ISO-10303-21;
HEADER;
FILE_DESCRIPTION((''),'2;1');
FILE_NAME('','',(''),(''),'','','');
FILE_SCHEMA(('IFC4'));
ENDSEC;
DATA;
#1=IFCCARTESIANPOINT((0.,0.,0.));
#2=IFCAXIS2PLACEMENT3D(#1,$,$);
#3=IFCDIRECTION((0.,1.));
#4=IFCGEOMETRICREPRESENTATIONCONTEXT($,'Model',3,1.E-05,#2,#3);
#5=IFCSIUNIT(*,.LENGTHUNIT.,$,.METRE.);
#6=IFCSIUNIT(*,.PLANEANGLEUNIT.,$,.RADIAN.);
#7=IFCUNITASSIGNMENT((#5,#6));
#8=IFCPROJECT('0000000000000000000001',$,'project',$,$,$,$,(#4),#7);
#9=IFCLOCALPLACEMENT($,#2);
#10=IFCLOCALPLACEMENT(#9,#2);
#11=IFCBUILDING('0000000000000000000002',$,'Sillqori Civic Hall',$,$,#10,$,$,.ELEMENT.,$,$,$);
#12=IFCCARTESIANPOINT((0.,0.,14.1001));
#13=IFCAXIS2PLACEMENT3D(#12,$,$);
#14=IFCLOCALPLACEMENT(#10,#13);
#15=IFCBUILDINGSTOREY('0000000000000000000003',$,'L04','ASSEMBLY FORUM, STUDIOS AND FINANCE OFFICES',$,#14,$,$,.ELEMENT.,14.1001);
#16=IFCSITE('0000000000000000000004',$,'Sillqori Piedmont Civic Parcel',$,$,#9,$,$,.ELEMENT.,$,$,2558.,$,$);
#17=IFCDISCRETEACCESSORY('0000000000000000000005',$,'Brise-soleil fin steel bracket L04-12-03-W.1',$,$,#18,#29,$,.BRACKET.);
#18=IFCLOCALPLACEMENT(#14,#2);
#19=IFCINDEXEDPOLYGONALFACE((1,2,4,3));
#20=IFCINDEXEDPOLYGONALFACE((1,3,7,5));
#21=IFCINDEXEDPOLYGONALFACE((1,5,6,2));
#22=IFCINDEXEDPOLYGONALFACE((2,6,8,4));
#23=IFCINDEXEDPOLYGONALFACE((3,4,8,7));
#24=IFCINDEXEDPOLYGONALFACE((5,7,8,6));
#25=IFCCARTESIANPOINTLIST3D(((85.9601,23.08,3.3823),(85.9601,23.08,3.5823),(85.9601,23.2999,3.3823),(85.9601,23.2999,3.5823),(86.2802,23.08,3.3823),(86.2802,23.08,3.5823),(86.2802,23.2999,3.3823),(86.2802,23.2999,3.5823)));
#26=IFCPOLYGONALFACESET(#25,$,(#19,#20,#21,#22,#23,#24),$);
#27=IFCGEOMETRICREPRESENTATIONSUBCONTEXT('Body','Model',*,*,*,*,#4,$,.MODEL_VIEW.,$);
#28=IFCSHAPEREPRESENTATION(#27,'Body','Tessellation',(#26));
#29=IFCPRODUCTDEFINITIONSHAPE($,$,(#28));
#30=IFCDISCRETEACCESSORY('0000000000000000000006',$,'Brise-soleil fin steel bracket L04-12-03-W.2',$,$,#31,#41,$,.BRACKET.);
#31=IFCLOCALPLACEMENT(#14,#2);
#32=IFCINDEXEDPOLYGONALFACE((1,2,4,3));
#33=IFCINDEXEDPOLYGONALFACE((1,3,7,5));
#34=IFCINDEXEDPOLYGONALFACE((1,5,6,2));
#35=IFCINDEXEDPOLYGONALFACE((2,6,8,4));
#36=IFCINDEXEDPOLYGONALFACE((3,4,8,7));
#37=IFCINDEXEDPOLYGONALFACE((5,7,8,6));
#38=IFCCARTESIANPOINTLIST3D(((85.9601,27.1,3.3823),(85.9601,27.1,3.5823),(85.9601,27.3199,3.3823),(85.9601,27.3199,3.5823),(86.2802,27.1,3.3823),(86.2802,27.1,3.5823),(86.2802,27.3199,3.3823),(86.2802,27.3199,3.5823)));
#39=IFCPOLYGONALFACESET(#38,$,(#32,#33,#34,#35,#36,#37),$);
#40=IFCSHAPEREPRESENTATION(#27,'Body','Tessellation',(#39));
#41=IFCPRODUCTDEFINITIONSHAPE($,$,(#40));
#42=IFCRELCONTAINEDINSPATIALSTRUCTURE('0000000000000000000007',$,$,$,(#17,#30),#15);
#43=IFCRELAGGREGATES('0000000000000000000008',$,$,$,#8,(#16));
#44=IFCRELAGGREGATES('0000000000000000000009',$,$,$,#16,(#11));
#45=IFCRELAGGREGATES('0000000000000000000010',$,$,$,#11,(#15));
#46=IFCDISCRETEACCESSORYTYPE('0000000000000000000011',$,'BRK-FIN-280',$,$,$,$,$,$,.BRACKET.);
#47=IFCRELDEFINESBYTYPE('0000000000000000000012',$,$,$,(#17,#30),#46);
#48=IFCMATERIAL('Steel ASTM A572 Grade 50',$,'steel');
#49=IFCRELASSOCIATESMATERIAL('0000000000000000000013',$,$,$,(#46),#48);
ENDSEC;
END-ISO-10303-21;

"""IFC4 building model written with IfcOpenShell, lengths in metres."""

from ifc_helpers import new_model, si_unit, direction, frame, origin, origin_2d, place, context, subcontext, project, spatial, rectangle, extrude, material, type_object, element, save


model = new_model("IFC4")

# Units and contexts
model_context = context("Model", 3, precision=1e-05, world=origin(), true_north=direction((0.0, 1.0)))
body_context = subcontext(model_context, "Body", "Model", "MODEL_VIEW")
ifc_project = project(units=[si_unit("LENGTHUNIT", "METRE"), si_unit("PLANEANGLEUNIT", "RADIAN")], contexts=[model_context])

# Site, building, storey
site_placement = place(None, origin())
site = spatial("IfcSite", under=ifc_project, at=site_placement, Name="Sillqori Piedmont Civic Parcel", CompositionType="ELEMENT", RefElevation=2558.0)
building_placement = place(site_placement, origin())
building = spatial("IfcBuilding", under=site, at=building_placement, Name="Sillqori Civic Hall", CompositionType="ELEMENT")
storey_placement = place(building_placement, frame((0.0, 0.0, 14.1001)))
storey = spatial("IfcBuildingStorey", under=building, at=storey_placement, Name="L04", Description="ASSEMBLY FORUM, STUDIOS AND FINANCE OFFICES", CompositionType="ELEMENT", Elevation=14.1001)

# Discrete accessories
ifc_material_1 = material(Name="Steel ASTM A572 Grade 50", Category="steel")
discrete_accessory_type_1 = type_object("IfcDiscreteAccessoryType", Name="BRK-FIN-280", PredefinedType="BRACKET", material=ifc_material_1)
for number, where, z_axis, x_axis, name in (
    (1, (86.1201, 23.1899, 3.3823), (0.0, 0.0, 1.0), (0.0, 1.0, 0.0), "Brise-soleil fin steel bracket L04-12-03-W.1"),
    (2, (86.1201, 27.21, 3.3823), (0.0, 0.0, 1.0), (0.0, 1.0, 0.0), "Brise-soleil fin steel bracket L04-12-03-W.2"),
):
    element("IfcDiscreteAccessory", number, at=place(storey_placement, frame(where, z_axis=z_axis, x_axis=x_axis)), inside=storey, type_object=discrete_accessory_type_1, Name=name, PredefinedType="BRACKET", context=body_context, shape_type="SweptSolid", body=[
        extrude(rectangle(XDim=0.22, YDim=0.3201, at=origin_2d()), origin(), (0.0, 0.0, 1.0), 0.2),
    ])

save(model, "model.ifc")
